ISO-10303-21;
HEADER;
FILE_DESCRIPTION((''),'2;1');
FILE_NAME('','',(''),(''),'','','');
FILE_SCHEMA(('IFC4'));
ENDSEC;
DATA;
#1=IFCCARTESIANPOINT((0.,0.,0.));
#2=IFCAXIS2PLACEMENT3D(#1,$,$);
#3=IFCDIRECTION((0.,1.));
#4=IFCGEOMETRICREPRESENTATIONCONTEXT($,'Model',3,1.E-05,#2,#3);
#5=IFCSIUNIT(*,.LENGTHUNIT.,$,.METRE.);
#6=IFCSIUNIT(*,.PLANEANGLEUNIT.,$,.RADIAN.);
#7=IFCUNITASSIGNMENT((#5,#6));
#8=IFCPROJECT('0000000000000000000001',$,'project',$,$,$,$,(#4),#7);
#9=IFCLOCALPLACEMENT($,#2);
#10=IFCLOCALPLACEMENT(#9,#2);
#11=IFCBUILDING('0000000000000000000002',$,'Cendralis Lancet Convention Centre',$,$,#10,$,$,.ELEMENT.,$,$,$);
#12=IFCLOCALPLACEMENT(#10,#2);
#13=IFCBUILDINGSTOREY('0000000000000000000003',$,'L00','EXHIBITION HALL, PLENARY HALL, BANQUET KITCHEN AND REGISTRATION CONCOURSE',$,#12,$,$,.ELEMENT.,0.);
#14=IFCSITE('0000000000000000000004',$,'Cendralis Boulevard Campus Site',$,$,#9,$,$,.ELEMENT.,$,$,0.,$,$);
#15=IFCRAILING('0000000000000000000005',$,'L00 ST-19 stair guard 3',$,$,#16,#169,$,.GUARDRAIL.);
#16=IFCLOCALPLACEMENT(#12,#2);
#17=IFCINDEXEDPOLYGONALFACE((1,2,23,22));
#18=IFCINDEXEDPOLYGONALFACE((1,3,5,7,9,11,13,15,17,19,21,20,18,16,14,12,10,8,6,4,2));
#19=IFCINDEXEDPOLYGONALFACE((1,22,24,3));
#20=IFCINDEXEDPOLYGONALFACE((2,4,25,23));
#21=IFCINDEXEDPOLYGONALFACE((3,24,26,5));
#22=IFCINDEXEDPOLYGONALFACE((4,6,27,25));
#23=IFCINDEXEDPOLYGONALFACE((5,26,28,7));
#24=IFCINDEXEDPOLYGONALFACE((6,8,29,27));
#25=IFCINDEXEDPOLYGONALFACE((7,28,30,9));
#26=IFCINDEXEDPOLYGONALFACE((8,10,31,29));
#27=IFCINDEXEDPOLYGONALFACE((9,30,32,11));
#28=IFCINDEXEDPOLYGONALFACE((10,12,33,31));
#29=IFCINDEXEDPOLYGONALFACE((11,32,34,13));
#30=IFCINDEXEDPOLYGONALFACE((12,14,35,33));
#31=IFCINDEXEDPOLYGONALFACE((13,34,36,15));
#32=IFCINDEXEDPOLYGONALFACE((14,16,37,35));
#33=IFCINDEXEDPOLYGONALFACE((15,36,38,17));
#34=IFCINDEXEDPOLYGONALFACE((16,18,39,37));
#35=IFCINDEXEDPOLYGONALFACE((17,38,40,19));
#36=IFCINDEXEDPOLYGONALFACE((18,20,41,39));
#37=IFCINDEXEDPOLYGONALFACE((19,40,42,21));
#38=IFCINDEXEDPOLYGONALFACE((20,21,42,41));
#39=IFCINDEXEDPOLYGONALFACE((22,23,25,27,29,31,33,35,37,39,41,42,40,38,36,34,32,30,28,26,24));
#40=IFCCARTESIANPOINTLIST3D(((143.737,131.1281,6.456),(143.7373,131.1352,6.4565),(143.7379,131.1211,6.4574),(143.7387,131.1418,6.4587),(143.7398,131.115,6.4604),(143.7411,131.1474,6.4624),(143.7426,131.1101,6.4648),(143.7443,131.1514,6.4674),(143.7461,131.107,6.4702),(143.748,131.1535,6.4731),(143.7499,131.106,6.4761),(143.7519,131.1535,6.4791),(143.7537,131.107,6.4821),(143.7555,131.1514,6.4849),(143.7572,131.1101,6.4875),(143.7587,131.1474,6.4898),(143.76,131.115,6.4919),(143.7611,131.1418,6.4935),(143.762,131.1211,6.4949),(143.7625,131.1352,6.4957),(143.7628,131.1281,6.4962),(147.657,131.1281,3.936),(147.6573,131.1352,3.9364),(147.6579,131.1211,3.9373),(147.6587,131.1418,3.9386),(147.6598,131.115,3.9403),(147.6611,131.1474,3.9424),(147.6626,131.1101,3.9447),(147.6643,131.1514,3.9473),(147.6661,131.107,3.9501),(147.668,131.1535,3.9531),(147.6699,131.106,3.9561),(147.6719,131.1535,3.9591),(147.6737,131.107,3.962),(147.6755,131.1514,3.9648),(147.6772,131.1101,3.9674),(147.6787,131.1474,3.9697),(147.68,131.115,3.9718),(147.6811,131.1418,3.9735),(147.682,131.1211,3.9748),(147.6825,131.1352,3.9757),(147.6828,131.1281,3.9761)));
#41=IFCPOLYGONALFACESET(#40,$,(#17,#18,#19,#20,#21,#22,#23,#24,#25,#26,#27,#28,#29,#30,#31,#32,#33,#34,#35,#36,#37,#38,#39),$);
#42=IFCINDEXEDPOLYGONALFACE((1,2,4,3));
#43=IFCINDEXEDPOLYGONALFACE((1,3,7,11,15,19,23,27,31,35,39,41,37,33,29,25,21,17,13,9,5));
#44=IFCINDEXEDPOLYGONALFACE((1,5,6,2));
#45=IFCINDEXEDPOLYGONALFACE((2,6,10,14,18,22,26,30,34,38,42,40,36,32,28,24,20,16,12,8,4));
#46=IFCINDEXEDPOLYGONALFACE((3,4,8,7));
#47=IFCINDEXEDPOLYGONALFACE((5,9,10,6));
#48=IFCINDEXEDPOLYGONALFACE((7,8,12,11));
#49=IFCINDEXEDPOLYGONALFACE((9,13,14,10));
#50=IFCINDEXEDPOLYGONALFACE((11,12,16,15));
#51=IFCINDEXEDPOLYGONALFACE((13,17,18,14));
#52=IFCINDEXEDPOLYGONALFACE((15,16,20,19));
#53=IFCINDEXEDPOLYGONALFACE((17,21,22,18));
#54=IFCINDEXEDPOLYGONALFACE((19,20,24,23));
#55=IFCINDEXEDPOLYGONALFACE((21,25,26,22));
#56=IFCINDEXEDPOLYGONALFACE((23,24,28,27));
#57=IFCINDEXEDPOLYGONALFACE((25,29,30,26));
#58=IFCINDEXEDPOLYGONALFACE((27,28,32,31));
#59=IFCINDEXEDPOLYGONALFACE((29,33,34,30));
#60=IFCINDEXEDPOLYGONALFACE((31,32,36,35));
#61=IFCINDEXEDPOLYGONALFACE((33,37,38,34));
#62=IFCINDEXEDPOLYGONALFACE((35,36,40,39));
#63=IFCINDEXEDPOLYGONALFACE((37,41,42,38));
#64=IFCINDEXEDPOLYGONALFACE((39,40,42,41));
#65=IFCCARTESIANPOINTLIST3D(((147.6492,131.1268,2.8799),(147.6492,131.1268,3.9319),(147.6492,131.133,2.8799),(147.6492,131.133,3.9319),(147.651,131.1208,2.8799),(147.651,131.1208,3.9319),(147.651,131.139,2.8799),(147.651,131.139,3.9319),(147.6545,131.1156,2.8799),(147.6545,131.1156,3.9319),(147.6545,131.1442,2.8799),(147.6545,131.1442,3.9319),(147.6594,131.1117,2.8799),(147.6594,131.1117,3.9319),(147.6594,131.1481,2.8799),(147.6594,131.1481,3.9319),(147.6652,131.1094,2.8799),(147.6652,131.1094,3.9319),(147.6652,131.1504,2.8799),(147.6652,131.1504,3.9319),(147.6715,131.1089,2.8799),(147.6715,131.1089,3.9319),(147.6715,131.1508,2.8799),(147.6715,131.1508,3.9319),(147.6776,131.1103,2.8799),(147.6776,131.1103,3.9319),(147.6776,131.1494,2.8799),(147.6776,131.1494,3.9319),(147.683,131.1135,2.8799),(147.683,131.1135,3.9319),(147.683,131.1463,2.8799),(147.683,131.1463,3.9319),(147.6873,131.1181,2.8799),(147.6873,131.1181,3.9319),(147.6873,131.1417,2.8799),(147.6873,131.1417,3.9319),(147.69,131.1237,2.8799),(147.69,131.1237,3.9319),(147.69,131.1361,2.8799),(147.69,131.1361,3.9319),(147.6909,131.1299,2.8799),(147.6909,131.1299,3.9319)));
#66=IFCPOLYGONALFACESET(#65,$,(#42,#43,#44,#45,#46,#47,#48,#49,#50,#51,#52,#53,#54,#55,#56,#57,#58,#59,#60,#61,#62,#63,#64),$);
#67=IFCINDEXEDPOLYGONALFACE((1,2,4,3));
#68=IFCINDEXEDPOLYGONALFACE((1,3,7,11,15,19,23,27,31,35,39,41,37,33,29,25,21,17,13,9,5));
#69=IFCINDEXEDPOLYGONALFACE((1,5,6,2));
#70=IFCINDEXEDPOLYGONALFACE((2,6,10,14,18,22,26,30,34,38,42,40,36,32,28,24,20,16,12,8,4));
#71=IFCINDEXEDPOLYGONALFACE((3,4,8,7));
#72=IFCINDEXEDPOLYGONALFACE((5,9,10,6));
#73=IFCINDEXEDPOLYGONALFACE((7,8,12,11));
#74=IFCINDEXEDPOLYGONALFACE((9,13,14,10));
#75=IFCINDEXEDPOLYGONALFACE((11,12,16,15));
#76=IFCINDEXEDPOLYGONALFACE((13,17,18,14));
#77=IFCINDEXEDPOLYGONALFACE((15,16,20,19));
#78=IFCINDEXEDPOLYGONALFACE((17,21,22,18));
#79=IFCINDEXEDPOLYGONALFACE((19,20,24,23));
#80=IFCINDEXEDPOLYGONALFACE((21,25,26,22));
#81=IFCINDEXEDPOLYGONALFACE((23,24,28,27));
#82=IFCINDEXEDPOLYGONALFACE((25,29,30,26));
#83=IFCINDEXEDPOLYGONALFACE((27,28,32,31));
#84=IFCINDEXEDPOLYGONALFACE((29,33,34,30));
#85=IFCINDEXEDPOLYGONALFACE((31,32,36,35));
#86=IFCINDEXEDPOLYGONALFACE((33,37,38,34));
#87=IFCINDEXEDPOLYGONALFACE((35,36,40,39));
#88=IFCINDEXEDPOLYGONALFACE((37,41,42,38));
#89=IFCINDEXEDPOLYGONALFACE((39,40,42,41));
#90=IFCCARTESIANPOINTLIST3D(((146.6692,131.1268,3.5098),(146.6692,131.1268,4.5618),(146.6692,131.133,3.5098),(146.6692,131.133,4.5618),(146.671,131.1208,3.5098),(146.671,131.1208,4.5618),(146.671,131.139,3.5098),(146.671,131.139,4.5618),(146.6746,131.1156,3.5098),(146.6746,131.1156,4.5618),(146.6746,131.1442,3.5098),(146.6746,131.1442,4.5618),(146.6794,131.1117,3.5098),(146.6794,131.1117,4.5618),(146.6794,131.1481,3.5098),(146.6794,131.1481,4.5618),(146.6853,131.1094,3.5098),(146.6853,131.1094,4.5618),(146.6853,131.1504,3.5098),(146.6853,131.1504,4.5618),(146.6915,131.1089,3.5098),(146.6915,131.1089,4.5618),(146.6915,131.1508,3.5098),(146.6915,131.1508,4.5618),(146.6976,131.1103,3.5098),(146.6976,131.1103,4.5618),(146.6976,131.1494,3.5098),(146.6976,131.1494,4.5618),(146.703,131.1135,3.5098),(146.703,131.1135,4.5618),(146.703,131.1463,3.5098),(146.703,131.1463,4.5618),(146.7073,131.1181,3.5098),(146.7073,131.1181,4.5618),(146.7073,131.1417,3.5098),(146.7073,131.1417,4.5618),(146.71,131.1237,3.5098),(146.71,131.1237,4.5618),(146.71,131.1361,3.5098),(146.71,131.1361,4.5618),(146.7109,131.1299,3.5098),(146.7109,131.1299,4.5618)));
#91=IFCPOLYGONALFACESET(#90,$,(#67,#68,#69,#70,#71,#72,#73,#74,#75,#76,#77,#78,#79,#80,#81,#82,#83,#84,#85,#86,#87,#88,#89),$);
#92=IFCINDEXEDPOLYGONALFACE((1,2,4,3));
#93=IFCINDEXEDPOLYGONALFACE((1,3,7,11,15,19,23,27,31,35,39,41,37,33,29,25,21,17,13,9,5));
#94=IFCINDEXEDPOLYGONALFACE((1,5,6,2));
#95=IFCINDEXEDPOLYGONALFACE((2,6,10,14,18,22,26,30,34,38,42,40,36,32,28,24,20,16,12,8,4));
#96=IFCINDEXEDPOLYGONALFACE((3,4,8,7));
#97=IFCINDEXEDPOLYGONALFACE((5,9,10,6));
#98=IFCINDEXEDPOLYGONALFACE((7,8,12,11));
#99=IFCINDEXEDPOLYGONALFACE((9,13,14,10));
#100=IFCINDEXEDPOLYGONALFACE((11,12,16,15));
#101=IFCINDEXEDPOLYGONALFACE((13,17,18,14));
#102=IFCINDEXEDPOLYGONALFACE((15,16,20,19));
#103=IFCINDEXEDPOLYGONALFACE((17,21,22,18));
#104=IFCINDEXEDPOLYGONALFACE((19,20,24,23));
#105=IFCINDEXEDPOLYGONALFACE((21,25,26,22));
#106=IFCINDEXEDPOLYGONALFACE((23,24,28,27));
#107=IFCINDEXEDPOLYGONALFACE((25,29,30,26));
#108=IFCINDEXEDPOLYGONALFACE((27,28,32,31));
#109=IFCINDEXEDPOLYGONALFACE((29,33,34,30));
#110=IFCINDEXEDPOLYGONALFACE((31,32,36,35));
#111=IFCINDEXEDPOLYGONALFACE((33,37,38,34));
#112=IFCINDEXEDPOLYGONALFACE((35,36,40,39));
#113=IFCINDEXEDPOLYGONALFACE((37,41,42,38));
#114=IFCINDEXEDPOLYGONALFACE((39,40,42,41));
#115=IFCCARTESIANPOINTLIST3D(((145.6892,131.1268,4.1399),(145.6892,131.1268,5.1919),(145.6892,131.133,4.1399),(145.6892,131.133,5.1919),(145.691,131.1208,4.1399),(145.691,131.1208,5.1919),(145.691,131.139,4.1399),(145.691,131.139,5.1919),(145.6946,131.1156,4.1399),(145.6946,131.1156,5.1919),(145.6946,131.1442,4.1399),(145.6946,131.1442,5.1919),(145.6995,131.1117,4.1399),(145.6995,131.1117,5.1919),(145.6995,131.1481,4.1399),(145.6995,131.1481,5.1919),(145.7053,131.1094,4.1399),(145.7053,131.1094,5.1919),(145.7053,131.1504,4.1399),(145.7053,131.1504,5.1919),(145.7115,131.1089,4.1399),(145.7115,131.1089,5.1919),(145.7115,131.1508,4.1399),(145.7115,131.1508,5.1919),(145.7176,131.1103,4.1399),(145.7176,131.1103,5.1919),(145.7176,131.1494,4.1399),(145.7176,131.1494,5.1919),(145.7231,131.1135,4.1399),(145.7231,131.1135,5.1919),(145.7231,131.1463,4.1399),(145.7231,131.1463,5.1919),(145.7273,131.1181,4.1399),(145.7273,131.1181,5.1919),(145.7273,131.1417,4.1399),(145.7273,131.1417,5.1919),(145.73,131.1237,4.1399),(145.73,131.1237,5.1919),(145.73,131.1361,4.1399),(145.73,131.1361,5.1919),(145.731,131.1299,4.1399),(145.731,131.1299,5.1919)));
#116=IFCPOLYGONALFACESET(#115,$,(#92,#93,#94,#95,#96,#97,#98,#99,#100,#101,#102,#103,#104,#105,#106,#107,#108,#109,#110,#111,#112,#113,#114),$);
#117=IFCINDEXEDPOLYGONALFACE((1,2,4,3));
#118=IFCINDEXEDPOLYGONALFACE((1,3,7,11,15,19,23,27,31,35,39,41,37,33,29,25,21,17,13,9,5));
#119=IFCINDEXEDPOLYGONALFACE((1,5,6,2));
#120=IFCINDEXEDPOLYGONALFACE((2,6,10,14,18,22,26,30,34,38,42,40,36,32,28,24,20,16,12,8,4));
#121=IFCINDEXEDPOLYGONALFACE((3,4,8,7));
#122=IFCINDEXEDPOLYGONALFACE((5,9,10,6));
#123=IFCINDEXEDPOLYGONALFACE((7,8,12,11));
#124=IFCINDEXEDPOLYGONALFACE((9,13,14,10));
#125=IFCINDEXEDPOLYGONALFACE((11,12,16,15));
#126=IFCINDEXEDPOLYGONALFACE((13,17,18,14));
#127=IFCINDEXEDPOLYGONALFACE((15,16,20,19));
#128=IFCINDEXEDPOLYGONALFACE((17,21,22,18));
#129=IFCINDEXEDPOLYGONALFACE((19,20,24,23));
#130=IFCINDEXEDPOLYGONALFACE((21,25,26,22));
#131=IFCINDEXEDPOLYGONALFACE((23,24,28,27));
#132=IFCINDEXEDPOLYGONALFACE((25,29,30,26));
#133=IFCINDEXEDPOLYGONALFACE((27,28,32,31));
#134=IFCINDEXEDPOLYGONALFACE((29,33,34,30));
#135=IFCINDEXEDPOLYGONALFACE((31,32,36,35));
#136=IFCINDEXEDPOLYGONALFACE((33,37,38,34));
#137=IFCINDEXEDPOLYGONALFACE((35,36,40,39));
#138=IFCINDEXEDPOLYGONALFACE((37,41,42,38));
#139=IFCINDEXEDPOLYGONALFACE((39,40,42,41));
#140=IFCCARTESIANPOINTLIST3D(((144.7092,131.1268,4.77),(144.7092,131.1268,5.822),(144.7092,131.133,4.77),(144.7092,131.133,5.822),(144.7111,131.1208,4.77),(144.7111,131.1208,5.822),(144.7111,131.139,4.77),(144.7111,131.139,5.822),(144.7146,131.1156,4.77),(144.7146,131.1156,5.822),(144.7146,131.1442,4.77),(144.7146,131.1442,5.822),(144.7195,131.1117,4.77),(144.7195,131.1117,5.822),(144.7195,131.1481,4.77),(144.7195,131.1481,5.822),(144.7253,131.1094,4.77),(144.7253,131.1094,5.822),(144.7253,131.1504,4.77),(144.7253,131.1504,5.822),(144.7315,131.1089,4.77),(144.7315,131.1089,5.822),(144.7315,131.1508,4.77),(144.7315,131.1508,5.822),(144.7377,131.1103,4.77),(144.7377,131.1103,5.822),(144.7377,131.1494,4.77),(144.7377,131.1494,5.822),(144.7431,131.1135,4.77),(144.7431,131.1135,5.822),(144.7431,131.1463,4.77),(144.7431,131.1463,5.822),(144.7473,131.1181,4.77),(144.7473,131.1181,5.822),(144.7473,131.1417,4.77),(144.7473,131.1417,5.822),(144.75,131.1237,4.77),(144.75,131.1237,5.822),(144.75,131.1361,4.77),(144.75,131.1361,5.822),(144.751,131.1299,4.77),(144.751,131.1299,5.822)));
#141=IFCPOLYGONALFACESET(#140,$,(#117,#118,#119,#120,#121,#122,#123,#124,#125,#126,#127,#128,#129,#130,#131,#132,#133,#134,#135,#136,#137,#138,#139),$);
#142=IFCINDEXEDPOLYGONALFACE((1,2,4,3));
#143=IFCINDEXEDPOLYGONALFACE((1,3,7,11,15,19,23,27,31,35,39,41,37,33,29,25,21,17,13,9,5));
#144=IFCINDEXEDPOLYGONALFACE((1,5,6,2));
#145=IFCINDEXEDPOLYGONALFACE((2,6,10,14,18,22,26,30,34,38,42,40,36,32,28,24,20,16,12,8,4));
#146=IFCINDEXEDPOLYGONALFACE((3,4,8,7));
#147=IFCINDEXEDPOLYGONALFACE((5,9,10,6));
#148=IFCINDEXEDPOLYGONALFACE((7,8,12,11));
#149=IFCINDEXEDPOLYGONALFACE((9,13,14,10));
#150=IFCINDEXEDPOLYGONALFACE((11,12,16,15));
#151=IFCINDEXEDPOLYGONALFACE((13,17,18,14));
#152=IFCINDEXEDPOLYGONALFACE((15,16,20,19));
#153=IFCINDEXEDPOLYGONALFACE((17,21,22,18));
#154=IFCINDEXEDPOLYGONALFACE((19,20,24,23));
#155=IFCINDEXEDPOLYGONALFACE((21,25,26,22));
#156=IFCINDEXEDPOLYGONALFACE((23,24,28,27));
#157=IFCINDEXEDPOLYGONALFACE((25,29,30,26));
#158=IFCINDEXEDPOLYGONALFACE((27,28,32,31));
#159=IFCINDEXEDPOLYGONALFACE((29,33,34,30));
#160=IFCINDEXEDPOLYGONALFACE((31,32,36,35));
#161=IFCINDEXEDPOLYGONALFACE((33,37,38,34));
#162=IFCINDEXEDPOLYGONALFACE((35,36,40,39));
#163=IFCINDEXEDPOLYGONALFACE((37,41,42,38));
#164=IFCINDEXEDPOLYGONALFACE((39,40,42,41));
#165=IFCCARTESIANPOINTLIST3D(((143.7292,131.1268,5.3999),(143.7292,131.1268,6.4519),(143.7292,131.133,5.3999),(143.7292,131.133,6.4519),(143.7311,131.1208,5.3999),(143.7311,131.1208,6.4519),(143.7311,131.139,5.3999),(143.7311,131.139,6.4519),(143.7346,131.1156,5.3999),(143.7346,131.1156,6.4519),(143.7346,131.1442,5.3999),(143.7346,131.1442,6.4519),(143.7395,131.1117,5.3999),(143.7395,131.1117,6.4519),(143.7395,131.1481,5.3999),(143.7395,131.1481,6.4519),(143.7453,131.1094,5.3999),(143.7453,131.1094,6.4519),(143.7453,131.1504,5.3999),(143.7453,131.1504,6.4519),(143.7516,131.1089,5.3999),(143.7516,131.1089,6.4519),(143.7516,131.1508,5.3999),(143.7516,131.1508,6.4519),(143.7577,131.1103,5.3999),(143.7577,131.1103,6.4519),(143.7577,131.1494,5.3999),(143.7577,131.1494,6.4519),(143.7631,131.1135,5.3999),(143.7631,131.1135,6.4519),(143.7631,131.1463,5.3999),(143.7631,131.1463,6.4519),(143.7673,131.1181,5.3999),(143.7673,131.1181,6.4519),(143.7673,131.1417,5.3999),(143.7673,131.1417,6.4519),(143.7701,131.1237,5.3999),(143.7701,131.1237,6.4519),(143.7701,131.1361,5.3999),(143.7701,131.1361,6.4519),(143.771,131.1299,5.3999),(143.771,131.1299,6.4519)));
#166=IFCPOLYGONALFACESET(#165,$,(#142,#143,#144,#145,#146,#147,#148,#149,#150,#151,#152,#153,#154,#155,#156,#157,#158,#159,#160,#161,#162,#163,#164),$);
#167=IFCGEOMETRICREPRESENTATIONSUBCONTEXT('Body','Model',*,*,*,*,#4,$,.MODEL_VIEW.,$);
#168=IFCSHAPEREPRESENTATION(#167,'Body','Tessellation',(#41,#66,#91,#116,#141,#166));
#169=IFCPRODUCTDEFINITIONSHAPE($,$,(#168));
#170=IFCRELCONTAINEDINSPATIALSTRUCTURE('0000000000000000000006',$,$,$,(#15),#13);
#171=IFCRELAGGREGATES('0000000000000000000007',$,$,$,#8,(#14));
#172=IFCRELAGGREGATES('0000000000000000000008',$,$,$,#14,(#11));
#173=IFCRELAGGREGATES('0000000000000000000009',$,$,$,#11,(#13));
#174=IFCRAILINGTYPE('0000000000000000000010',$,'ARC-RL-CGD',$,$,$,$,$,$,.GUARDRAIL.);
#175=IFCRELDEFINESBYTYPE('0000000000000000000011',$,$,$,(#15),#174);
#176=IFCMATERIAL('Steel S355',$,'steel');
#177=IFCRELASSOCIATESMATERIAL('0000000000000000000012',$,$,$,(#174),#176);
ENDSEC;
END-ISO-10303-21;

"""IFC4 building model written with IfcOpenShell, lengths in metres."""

from ifc_helpers import new_model, si_unit, direction, frame, origin, origin_2d, place, context, subcontext, project, spatial, circle, extrude, material, type_object, element, save


model = new_model("IFC4")

# Units and contexts
model_context = context("Model", 3, precision=1e-05, world=origin(), true_north=direction((0.0, 1.0)))
body_context = subcontext(model_context, "Body", "Model", "MODEL_VIEW")
ifc_project = project(units=[si_unit("LENGTHUNIT", "METRE"), si_unit("PLANEANGLEUNIT", "RADIAN")], contexts=[model_context])

# Site, building, storey
site_placement = place(None, origin())
site = spatial("IfcSite", under=ifc_project, at=site_placement, Name="Cendralis Boulevard Campus Site", CompositionType="ELEMENT", RefElevation=0.0)
building_placement = place(site_placement, origin())
building = spatial("IfcBuilding", under=site, at=building_placement, Name="Cendralis Lancet Convention Centre", CompositionType="ELEMENT")
storey_placement = place(building_placement, origin())
storey = spatial("IfcBuildingStorey", under=building, at=storey_placement, Name="L00", Description="EXHIBITION HALL, PLENARY HALL, BANQUET KITCHEN AND REGISTRATION CONCOURSE", CompositionType="ELEMENT", Elevation=0.0)

# Shared definitions
ifc_material_1 = material(Name="Steel S355", Category="steel")

# Railing
railing_type_1 = type_object("IfcRailingType", Name="ARC-RL-CGD", PredefinedType="GUARDRAIL", material=ifc_material_1)
railing_1_placement = place(storey_placement, frame((147.6699, 131.1299, 2.8799)))
element("IfcRailing", 1, at=railing_1_placement, inside=storey, type_object=railing_type_1, Name="L00 ST-19 stair guard 3", PredefinedType="GUARDRAIL", context=body_context, shape_type="SweptSolid", body=[
    extrude(circle(Radius=0.0239, at=origin_2d()), frame((0.0, 0.0, 1.0762), z_axis=(-0.841172, 0.0, 0.540768), x_axis=(0.0, -1.0, 0.0)), (0.0, 0.0, 1.0), 4.6602),
    extrude(circle(Radius=0.021, at=origin_2d()), origin(), (0.0, 0.0, 1.0), 1.052),
    extrude(circle(Radius=0.021, at=origin_2d()), frame((-0.98, 0.0, 0.6299)), (0.0, 0.0, 1.0), 1.052),
    extrude(circle(Radius=0.021, at=origin_2d()), frame((-1.96, 0.0, 1.26)), (0.0, 0.0, 1.0), 1.052),
    extrude(circle(Radius=0.021, at=origin_2d()), frame((-2.9399, 0.0, 1.8901)), (0.0, 0.0, 1.0), 1.052),
    extrude(circle(Radius=0.021, at=origin_2d()), frame((-3.9199, 0.0, 2.52)), (0.0, 0.0, 1.0), 1.052),
])

save(model, "model.ifc")
